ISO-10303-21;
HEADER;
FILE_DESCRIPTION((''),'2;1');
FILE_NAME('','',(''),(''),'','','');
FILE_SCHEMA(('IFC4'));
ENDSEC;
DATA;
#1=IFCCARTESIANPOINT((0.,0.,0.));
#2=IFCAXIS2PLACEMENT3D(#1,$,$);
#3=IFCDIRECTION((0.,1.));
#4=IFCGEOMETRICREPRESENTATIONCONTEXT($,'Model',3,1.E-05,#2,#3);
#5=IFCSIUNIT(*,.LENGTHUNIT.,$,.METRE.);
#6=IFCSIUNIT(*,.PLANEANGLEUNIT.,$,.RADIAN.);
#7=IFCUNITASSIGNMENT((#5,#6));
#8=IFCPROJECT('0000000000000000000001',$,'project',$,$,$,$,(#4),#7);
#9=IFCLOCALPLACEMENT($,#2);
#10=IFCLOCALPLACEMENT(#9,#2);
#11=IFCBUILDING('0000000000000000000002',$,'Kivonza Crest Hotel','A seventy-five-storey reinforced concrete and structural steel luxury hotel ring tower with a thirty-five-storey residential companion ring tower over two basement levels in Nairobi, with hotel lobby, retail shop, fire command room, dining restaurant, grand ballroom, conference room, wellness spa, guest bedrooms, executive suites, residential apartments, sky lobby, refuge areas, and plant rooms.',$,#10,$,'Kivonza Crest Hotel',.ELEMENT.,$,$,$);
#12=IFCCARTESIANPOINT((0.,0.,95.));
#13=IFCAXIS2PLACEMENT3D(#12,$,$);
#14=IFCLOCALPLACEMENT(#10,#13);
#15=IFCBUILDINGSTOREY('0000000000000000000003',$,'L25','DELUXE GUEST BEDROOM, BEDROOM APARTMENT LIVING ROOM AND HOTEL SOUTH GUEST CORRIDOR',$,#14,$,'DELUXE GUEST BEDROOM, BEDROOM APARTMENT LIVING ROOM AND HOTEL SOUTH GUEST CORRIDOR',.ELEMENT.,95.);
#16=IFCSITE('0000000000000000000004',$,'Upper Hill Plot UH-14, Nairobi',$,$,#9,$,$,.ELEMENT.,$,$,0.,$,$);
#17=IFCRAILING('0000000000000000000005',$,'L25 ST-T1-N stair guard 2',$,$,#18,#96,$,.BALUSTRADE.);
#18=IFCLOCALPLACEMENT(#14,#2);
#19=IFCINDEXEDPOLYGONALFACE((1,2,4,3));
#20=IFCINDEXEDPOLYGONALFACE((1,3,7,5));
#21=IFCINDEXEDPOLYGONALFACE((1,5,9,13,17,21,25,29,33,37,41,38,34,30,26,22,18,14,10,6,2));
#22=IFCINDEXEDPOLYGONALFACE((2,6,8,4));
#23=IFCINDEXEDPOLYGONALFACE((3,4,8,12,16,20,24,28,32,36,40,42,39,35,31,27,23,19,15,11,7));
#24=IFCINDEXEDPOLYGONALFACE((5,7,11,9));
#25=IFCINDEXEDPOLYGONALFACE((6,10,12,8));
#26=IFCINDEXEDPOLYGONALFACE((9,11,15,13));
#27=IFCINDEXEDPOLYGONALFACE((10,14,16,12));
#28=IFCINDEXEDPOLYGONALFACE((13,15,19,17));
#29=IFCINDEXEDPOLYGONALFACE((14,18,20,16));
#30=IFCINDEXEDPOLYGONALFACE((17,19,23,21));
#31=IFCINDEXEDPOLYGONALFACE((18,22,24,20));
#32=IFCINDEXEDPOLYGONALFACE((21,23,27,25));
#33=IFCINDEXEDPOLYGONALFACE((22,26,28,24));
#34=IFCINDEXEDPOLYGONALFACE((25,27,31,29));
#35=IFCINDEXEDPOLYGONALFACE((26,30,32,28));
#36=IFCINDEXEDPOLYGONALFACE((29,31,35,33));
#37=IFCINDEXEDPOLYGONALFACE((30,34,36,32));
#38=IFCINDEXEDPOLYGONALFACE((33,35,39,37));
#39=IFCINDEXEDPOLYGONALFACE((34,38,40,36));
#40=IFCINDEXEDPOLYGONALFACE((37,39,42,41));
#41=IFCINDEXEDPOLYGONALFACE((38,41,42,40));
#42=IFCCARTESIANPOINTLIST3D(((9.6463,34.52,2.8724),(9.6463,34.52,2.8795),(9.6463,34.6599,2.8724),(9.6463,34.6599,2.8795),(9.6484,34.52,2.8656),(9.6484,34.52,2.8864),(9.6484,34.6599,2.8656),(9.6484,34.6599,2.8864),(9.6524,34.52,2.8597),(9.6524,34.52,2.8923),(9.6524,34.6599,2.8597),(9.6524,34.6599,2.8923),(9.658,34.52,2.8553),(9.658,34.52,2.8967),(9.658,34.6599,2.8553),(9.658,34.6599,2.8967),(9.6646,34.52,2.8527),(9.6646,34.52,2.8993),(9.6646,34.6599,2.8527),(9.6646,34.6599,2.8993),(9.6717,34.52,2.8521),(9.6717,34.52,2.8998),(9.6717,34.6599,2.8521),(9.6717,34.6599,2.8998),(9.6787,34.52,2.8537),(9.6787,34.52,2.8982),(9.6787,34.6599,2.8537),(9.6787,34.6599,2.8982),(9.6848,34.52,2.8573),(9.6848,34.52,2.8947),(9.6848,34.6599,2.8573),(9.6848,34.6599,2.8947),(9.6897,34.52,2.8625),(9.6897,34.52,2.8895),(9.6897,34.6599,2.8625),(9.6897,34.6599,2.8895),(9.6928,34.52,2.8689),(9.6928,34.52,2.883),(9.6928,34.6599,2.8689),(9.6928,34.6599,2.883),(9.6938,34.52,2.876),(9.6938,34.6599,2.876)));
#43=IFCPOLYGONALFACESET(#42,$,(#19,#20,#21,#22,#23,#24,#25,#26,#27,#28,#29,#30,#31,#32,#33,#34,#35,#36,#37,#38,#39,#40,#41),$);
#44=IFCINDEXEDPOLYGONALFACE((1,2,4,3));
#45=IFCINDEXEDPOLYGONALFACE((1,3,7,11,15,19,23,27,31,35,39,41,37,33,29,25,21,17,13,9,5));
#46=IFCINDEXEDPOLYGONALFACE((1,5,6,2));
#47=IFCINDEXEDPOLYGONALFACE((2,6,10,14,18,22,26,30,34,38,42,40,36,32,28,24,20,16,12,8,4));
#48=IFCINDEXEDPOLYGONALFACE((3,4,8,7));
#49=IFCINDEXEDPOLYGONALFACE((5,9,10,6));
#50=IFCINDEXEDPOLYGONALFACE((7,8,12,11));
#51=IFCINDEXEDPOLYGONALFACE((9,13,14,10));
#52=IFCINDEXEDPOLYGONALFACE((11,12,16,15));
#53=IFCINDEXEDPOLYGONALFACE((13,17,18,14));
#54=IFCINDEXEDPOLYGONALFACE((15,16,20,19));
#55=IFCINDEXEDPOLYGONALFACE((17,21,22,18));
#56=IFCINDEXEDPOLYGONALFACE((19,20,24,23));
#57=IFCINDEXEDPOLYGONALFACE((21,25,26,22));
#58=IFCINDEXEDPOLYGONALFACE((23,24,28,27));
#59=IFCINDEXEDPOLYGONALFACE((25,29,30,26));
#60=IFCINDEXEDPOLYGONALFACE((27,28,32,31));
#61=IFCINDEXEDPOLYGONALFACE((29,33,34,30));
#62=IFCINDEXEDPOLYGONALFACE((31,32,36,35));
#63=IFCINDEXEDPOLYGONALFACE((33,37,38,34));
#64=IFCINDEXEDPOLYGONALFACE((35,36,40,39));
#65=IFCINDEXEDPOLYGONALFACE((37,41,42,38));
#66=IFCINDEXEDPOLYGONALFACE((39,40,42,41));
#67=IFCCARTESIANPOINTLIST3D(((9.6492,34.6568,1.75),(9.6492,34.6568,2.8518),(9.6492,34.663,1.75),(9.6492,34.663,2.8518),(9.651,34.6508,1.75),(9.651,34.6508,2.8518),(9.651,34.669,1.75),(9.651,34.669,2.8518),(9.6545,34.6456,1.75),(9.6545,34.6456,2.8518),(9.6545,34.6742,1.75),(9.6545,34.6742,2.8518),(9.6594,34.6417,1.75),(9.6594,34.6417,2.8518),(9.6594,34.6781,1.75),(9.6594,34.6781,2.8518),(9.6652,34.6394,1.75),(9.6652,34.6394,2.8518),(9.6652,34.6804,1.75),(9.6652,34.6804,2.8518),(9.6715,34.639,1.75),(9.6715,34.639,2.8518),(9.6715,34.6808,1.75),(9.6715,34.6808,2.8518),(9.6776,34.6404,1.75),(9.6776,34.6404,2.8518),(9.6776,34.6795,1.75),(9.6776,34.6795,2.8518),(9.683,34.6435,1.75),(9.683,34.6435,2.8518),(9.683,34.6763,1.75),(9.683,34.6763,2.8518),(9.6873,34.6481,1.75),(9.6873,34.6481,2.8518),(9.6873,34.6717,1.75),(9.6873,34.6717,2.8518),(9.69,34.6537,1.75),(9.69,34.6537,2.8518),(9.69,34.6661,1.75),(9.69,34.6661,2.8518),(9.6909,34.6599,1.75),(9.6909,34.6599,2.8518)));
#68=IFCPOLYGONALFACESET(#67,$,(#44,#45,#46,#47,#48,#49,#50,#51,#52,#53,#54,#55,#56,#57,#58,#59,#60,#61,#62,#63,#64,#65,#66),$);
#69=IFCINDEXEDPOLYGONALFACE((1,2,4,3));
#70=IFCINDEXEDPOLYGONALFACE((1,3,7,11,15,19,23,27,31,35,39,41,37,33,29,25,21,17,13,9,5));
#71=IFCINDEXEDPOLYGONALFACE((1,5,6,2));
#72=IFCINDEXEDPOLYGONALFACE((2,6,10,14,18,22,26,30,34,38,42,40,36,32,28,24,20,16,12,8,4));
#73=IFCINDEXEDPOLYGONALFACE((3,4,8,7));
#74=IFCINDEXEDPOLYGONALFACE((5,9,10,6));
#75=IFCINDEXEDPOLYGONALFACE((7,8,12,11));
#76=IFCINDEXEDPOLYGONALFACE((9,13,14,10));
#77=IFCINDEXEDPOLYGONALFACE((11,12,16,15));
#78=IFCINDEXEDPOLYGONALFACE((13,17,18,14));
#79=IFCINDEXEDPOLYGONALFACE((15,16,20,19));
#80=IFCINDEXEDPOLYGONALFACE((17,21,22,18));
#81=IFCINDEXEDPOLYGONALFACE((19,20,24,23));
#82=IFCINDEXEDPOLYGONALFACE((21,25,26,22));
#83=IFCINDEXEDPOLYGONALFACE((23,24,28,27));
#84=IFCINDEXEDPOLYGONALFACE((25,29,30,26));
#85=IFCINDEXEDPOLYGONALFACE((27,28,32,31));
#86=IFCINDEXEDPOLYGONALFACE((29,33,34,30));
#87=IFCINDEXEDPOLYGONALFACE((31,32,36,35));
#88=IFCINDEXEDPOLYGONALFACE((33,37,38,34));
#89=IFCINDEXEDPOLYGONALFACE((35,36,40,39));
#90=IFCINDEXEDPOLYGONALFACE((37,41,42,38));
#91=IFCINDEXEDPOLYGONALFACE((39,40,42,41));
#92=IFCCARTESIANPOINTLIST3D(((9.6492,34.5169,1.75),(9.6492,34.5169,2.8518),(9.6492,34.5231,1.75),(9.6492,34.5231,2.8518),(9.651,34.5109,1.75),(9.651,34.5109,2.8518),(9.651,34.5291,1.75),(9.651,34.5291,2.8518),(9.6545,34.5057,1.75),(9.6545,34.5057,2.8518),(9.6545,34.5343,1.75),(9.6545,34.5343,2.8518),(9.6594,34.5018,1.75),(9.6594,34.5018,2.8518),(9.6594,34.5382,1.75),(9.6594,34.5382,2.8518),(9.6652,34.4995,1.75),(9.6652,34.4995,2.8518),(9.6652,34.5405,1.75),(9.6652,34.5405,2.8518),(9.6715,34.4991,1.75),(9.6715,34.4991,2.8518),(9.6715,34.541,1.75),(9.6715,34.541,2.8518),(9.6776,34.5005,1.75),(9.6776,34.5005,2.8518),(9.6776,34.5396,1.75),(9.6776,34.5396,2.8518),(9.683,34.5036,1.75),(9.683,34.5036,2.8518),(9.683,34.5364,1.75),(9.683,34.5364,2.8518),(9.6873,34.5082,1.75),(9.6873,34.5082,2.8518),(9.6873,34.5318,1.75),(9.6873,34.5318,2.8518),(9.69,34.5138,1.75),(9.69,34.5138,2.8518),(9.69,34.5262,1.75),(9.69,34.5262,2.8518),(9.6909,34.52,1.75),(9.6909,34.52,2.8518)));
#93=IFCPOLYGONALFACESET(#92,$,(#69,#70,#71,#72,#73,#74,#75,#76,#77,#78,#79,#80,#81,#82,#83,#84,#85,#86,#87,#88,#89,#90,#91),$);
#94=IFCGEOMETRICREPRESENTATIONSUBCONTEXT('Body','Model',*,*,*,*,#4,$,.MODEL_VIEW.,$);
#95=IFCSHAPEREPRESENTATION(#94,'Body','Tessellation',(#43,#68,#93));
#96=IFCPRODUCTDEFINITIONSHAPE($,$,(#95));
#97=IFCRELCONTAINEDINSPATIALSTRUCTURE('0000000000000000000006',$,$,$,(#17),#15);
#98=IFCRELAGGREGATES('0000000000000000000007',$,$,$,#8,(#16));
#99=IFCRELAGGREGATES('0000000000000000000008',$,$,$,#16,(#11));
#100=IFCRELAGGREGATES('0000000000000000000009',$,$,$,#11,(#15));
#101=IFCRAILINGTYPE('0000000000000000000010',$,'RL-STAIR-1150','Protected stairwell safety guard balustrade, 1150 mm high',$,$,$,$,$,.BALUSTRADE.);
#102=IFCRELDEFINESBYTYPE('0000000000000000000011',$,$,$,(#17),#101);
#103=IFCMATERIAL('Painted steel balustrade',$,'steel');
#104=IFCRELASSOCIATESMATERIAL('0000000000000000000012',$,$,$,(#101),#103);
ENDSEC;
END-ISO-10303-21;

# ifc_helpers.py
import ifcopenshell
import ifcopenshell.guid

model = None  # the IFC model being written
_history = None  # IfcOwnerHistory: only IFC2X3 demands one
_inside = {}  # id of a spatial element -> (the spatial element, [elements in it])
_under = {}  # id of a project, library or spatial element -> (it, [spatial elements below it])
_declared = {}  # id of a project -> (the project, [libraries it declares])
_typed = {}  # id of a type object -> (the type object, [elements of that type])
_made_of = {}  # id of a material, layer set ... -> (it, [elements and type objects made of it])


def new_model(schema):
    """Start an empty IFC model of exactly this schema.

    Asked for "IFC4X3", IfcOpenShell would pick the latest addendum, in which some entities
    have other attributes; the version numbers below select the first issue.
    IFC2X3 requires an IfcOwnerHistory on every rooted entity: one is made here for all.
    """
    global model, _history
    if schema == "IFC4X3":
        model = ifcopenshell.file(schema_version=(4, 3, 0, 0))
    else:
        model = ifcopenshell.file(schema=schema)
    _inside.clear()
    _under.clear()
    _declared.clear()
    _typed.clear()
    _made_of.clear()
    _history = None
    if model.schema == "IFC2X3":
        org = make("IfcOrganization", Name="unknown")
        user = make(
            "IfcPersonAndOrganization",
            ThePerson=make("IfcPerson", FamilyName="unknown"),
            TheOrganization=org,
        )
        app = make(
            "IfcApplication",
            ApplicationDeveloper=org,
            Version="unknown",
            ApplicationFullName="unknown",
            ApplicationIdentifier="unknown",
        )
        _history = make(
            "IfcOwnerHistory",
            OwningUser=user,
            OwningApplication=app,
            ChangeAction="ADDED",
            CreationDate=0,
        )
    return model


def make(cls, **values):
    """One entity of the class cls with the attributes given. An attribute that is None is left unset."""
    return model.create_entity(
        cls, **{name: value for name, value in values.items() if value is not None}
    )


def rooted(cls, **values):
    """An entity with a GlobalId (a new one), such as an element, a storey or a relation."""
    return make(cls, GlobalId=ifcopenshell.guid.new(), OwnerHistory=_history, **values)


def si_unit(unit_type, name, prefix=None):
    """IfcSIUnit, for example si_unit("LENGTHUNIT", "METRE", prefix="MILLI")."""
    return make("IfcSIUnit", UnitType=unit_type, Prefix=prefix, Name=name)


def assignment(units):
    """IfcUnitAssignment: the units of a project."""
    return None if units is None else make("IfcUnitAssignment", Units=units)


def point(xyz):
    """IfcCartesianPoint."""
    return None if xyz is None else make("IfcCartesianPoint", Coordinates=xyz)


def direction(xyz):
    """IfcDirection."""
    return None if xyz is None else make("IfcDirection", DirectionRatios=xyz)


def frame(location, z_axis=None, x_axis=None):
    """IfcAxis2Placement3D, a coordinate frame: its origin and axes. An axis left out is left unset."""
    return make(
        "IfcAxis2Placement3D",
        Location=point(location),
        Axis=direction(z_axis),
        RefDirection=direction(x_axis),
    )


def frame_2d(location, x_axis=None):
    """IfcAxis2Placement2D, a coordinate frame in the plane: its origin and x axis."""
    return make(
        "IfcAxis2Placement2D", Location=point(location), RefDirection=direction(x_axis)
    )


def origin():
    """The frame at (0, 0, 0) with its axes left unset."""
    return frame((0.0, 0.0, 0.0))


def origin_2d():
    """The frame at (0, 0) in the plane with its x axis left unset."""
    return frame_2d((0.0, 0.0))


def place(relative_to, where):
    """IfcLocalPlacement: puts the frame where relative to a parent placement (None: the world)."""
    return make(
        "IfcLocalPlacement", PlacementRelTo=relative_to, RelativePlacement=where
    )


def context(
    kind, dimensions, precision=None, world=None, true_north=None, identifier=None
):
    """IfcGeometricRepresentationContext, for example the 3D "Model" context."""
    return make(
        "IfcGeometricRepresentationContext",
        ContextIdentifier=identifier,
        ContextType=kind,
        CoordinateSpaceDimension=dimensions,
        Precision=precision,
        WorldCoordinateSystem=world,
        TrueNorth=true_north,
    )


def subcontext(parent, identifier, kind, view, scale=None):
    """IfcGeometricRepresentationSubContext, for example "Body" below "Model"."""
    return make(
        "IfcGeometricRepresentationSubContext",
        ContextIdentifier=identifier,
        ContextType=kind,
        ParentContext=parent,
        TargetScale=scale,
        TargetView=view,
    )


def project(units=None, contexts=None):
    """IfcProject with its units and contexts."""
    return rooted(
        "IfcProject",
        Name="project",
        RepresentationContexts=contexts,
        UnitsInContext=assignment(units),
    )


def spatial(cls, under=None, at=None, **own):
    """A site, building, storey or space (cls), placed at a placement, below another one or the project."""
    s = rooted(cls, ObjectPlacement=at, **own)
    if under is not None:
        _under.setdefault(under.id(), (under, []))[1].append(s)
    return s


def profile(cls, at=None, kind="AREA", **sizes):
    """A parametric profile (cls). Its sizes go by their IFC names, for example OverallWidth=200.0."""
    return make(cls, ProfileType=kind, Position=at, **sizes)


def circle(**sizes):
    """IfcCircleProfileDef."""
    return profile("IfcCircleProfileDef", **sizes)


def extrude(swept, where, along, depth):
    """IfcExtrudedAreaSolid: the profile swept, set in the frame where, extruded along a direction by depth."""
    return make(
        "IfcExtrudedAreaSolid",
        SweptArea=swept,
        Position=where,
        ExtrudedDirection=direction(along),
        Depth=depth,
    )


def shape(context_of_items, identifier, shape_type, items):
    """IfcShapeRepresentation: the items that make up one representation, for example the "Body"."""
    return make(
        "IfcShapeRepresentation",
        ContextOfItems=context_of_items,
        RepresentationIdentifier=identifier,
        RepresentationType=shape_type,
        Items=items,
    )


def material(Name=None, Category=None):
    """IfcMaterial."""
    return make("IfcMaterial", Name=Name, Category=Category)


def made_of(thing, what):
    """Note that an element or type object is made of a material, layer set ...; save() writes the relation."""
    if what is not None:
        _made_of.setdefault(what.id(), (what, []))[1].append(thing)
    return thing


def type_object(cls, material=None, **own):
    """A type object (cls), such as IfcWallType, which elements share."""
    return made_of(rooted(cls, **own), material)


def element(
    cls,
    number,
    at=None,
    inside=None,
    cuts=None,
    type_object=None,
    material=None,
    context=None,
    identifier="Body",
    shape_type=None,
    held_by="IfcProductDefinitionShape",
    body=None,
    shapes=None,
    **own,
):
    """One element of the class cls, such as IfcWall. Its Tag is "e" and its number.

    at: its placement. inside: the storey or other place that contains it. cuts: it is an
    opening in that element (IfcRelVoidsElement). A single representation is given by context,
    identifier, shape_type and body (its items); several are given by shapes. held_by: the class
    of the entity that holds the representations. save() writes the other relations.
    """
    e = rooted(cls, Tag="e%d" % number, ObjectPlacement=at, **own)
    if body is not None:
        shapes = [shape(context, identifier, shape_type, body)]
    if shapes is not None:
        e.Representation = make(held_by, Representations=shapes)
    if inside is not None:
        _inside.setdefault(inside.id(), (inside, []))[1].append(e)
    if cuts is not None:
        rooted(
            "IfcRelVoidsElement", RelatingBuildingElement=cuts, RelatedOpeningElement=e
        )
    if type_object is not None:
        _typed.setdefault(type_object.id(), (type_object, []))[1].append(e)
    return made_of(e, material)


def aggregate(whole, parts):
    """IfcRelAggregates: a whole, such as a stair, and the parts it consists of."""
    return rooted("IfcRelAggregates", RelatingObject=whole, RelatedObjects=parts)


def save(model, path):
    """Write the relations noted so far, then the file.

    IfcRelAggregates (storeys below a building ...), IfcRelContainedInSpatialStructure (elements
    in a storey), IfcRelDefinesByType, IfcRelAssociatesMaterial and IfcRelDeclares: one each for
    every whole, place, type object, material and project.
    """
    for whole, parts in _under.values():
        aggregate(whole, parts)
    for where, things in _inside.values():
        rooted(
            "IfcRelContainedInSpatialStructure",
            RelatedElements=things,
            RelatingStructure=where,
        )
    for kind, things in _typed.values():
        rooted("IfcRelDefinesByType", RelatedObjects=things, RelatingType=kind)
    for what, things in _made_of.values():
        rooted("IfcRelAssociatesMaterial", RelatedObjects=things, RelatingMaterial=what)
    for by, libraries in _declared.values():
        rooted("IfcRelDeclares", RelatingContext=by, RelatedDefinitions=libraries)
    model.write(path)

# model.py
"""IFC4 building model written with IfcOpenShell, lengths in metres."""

from ifc_helpers import new_model, si_unit, direction, frame, origin, origin_2d, place, context, subcontext, project, spatial, circle, extrude, material, type_object, element, save


model = new_model("IFC4")

# Units and contexts
model_context = context("Model", 3, precision=1e-05, world=origin(), true_north=direction((0.0, 1.0)))
body_context = subcontext(model_context, "Body", "Model", "MODEL_VIEW")
ifc_project = project(units=[si_unit("LENGTHUNIT", "METRE"), si_unit("PLANEANGLEUNIT", "RADIAN")], contexts=[model_context])

# Site, building, storey
site_placement = place(None, origin())
site = spatial("IfcSite", under=ifc_project, at=site_placement, Name="Upper Hill Plot UH-14, Nairobi", CompositionType="ELEMENT", RefElevation=0.0)
building_placement = place(site_placement, origin())
building = spatial("IfcBuilding", under=site, at=building_placement, Name="Kivonza Crest Hotel", Description="A seventy-five-storey reinforced concrete and structural steel luxury hotel ring tower with a thirty-five-storey residential companion ring tower over two basement levels in Nairobi, with hotel lobby, retail shop, fire command room, dining restaurant, grand ballroom, conference room, wellness spa, guest bedrooms, executive suites, residential apartments, sky lobby, refuge areas, and plant rooms.", LongName="Kivonza Crest Hotel", CompositionType="ELEMENT")
storey_placement = place(building_placement, frame((0.0, 0.0, 95.0)))
storey = spatial("IfcBuildingStorey", under=building, at=storey_placement, Name="L25", Description="DELUXE GUEST BEDROOM, BEDROOM APARTMENT LIVING ROOM AND HOTEL SOUTH GUEST CORRIDOR", LongName="DELUXE GUEST BEDROOM, BEDROOM APARTMENT LIVING ROOM AND HOTEL SOUTH GUEST CORRIDOR", CompositionType="ELEMENT", Elevation=95.0)

# Railing
ifc_material_1 = material(Name="Painted steel balustrade", Category="steel")
railing_type_1 = type_object("IfcRailingType", Name="RL-STAIR-1150", Description="Protected stairwell safety guard balustrade, 1150 mm high", PredefinedType="BALUSTRADE", material=ifc_material_1)
railing_1_placement = place(storey_placement, frame((9.6699, 34.6599, 1.75)))
element("IfcRailing", 1, at=railing_1_placement, inside=storey, type_object=railing_type_1, Name="L25 ST-T1-N stair guard 2", PredefinedType="BALUSTRADE", context=body_context, shape_type="SweptSolid", body=[
    extrude(circle(Radius=0.0239, at=origin_2d()), frame((0.0, 0.0, 1.126), z_axis=(0.0, -1.0, 0.0), x_axis=(1.0, 0.0, 0.0)), (0.0, 0.0, 1.0), 0.1399),
    extrude(circle(Radius=0.021, at=origin_2d()), origin(), (0.0, 0.0, 1.0), 1.1018),
    extrude(circle(Radius=0.021, at=origin_2d()), frame((0.0, -0.1399, 0.0)), (0.0, 0.0, 1.0), 1.1018),
])

save(model, "model.ifc")
